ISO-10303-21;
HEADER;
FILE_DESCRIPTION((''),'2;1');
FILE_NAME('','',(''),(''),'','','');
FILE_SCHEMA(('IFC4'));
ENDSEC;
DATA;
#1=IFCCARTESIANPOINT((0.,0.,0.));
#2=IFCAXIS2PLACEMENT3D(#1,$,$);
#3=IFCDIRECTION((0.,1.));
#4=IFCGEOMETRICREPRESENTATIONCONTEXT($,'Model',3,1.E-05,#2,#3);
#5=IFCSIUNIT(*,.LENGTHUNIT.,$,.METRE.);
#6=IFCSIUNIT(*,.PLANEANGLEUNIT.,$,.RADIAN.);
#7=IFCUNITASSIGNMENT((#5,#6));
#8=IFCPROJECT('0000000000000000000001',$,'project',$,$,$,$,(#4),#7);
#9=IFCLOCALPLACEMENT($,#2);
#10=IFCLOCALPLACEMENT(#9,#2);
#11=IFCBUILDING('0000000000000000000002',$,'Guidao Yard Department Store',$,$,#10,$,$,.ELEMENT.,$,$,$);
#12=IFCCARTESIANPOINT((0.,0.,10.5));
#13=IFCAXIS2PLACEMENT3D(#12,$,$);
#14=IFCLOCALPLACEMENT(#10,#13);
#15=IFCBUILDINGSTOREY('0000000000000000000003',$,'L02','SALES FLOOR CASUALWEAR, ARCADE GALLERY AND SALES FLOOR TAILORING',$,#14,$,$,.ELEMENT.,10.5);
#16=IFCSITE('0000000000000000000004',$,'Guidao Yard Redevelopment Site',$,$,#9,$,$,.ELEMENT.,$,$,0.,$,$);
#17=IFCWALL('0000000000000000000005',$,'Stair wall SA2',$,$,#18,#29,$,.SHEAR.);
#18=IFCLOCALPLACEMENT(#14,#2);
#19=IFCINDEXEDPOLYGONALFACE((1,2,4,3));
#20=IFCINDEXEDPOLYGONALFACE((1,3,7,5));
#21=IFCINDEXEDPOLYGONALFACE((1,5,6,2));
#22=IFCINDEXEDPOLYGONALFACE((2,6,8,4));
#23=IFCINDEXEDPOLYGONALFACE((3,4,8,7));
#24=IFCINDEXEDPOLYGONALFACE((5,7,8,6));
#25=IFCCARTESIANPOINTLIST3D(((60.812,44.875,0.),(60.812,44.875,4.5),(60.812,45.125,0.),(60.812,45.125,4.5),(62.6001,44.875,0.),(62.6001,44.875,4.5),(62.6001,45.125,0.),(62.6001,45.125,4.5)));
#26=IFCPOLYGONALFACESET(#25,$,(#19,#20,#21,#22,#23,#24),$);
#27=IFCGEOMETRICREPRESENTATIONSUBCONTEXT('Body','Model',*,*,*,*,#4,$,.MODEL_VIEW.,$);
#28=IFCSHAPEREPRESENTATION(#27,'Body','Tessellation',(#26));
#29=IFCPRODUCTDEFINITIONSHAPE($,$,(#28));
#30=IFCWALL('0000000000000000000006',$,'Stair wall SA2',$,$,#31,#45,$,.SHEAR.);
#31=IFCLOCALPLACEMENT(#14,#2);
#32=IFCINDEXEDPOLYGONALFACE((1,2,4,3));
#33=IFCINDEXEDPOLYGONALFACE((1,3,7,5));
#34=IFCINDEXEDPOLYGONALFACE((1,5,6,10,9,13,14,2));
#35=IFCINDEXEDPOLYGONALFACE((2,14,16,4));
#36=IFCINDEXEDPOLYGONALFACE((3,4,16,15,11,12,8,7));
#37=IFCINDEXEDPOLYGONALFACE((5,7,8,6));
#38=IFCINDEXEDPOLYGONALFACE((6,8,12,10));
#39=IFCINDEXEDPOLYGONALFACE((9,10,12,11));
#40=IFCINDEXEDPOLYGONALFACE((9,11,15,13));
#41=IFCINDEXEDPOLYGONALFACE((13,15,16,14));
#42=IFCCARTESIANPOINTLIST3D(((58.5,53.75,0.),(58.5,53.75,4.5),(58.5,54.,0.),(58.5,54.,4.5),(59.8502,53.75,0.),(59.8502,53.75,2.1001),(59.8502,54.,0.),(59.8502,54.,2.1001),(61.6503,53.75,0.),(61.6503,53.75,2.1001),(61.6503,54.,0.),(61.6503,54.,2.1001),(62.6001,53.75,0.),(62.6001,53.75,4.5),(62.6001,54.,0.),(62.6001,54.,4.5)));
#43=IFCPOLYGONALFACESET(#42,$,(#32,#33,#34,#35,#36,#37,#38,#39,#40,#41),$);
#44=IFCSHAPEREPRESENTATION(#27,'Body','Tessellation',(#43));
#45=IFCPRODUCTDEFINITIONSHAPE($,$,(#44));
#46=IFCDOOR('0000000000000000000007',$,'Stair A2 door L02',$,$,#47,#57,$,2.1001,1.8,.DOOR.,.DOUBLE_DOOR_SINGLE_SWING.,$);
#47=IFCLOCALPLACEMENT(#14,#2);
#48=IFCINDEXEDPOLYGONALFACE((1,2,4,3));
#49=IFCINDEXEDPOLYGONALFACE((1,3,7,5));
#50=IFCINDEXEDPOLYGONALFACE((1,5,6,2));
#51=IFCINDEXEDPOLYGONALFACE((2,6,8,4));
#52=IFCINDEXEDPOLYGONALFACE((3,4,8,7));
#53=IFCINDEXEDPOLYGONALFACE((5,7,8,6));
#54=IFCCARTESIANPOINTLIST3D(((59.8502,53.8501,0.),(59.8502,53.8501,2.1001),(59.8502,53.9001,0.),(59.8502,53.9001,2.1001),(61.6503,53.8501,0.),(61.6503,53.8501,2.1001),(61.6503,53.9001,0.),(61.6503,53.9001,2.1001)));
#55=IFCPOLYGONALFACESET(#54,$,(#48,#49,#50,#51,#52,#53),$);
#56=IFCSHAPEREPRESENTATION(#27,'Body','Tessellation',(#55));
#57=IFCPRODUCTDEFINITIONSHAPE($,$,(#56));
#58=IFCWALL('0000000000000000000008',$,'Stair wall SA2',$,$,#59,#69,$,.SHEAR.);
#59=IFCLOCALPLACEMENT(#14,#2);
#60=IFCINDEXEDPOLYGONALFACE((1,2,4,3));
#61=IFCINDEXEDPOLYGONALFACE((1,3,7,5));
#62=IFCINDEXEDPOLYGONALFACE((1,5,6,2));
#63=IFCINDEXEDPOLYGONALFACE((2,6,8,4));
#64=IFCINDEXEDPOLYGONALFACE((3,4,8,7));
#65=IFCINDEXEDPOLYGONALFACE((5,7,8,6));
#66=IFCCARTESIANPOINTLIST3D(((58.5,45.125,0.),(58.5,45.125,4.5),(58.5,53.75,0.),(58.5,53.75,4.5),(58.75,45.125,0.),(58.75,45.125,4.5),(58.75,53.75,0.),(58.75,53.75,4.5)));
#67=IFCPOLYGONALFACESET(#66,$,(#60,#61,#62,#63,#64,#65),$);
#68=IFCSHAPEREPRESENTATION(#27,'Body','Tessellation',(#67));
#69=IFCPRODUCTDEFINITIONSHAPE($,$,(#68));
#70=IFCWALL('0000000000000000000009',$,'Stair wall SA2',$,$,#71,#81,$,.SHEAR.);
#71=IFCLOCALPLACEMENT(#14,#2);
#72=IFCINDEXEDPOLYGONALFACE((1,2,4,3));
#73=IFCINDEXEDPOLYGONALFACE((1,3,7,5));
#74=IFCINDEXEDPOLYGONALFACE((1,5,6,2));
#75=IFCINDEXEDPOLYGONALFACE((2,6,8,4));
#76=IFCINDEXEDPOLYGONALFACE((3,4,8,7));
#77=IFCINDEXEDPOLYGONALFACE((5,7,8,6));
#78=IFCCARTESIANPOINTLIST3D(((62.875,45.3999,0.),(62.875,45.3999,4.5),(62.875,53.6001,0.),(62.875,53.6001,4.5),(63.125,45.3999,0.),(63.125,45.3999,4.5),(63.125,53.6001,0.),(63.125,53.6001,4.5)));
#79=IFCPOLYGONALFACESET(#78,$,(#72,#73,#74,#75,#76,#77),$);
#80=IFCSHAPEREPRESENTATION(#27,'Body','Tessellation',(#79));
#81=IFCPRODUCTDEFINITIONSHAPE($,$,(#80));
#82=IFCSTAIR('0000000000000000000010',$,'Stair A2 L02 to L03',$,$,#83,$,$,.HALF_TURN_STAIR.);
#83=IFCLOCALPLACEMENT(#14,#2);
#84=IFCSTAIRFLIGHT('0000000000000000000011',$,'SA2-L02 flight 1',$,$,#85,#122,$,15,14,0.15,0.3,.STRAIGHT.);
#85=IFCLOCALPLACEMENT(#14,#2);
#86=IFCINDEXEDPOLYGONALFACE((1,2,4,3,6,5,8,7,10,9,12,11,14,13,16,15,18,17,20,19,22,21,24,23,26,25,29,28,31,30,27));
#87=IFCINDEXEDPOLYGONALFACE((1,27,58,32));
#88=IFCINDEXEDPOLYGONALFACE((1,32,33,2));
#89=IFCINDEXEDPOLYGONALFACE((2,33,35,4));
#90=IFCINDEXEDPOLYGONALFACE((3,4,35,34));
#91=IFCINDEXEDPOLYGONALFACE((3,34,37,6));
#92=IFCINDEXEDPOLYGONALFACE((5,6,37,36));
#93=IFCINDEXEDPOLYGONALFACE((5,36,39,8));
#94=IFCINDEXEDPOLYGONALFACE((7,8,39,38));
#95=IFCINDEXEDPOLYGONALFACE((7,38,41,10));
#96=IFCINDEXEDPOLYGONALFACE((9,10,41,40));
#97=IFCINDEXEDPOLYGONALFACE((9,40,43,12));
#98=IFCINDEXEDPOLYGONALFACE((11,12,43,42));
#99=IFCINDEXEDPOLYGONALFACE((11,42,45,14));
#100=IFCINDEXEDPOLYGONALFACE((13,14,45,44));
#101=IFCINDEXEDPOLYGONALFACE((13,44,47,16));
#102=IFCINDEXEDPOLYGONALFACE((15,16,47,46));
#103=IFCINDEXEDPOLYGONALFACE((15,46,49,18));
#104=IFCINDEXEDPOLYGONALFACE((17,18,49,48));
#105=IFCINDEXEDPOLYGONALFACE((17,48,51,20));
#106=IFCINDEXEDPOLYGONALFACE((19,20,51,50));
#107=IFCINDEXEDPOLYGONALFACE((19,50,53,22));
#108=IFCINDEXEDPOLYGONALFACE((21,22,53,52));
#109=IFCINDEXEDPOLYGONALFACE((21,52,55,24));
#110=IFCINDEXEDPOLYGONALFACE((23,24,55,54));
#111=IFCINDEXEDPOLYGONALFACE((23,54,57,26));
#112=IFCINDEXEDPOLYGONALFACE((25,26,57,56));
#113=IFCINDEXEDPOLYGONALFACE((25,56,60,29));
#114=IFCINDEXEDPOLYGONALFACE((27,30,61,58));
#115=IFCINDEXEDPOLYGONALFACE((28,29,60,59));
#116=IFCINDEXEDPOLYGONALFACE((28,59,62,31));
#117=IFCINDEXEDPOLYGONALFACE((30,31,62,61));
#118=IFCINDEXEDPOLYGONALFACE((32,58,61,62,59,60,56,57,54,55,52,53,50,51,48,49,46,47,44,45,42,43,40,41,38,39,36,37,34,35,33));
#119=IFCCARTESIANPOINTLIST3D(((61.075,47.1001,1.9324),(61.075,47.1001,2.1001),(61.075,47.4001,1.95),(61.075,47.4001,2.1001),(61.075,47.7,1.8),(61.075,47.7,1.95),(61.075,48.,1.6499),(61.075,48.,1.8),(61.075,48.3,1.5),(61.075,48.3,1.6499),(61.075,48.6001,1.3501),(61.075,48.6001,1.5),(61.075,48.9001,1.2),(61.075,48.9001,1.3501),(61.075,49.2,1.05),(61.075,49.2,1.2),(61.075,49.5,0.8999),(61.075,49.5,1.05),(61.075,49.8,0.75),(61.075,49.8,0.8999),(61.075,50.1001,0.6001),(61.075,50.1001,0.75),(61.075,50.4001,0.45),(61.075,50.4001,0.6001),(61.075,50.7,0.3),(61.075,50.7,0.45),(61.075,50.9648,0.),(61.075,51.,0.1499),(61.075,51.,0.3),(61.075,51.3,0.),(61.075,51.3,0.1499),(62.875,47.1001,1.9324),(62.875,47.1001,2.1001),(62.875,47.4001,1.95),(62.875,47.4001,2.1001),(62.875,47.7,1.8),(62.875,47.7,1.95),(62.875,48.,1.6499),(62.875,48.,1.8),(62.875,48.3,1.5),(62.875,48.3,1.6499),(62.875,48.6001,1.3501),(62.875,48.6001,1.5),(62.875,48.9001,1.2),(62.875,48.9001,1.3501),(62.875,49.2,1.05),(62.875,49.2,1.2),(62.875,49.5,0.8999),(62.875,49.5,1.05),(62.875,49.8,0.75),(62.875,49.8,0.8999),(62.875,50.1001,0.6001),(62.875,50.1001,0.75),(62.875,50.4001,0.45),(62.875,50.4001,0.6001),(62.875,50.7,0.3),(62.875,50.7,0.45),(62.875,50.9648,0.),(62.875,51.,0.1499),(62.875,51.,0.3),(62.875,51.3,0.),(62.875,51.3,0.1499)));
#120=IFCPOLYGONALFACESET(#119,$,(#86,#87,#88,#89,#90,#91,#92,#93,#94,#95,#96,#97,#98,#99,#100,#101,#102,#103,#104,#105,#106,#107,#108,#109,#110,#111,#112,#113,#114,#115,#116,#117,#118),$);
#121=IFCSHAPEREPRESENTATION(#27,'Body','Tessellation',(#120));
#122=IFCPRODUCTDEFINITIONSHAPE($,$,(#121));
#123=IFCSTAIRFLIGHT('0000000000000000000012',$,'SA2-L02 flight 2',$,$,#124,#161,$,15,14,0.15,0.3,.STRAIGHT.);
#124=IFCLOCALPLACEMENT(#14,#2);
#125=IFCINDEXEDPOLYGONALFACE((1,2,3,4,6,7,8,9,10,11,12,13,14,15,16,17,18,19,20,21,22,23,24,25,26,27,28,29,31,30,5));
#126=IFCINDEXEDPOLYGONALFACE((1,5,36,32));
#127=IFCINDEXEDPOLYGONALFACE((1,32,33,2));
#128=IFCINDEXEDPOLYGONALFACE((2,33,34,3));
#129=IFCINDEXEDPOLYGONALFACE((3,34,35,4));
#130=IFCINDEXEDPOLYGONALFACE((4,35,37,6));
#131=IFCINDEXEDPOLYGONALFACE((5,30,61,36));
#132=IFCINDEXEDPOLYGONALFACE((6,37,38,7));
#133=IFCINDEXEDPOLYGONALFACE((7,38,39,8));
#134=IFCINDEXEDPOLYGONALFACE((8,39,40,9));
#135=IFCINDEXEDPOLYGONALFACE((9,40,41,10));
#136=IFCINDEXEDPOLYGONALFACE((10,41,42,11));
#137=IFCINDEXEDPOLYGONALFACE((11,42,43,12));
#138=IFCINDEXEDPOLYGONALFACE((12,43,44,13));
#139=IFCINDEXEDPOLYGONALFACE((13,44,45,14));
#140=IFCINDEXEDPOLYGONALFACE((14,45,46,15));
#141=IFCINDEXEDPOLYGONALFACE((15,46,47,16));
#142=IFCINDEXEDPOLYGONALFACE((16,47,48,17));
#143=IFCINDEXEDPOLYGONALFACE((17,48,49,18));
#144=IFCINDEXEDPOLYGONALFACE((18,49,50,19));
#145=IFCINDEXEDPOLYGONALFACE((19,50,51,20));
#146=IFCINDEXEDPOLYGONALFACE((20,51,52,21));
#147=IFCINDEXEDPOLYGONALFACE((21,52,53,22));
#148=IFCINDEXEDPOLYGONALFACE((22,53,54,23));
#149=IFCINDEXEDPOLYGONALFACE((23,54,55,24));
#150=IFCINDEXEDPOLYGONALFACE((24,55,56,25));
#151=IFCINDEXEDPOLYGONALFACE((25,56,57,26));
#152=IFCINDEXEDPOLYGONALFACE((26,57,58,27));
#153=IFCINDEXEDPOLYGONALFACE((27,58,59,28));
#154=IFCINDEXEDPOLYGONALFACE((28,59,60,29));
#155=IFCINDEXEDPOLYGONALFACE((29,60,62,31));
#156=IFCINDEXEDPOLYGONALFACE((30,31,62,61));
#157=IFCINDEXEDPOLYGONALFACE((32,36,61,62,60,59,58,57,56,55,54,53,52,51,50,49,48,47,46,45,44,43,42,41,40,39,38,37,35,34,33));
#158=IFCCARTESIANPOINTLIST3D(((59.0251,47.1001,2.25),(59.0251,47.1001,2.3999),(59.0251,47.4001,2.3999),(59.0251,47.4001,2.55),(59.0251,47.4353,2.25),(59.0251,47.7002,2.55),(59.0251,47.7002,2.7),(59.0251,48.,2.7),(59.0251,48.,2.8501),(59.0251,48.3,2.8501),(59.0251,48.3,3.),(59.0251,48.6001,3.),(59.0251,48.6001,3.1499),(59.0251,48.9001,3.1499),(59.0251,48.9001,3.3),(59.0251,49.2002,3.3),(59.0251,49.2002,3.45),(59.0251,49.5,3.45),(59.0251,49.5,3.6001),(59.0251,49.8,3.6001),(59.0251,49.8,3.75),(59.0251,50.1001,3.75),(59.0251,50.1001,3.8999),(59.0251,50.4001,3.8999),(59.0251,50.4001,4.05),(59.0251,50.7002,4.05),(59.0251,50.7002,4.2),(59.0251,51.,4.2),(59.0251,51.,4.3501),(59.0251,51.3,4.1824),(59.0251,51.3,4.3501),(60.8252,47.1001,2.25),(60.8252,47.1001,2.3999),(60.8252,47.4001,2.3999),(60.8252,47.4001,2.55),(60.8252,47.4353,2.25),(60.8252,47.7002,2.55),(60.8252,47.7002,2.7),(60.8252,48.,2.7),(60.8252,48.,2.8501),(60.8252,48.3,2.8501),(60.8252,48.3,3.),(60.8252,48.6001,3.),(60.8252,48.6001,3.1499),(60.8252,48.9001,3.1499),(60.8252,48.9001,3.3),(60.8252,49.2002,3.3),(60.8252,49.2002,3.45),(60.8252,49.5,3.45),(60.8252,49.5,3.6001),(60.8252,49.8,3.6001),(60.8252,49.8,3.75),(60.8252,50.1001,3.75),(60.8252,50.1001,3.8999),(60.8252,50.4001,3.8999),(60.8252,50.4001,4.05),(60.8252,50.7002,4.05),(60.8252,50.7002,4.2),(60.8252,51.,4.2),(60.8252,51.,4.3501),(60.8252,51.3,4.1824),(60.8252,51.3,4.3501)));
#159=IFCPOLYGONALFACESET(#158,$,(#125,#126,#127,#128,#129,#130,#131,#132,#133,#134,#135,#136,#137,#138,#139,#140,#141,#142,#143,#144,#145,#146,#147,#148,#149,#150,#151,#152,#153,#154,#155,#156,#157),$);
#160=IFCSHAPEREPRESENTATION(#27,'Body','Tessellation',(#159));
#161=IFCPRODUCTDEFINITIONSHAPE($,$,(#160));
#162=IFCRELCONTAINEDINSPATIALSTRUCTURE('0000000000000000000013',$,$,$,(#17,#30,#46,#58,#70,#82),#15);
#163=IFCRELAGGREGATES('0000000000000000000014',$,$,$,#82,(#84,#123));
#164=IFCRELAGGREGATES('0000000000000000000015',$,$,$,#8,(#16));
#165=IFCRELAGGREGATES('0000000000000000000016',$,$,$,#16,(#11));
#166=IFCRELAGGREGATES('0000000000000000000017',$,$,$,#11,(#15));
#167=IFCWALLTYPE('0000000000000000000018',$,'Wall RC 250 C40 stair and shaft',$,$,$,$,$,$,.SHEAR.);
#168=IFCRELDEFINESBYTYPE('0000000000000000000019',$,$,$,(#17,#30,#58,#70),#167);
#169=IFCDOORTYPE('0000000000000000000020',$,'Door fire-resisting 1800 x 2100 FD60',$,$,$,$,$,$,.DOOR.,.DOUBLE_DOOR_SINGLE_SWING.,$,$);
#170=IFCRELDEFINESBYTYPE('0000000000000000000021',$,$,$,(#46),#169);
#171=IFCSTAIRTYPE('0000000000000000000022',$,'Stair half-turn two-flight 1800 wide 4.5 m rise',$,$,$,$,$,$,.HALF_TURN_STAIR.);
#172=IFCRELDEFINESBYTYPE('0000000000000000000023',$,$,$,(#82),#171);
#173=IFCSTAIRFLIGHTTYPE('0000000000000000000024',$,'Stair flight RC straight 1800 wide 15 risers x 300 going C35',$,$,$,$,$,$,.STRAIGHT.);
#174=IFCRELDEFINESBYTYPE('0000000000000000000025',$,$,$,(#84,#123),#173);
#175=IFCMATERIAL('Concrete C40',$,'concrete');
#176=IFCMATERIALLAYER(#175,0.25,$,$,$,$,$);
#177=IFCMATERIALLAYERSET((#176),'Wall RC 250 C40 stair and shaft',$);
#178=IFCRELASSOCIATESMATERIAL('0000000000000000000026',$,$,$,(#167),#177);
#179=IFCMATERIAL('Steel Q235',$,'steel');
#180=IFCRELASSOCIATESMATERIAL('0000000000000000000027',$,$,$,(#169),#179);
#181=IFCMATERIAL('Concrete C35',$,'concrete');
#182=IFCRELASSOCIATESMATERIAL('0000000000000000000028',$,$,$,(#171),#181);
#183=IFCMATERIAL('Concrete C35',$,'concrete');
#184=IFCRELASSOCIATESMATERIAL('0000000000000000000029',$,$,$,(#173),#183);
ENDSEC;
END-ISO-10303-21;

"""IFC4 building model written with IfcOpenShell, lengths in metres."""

from ifc_helpers import new_model, si_unit, direction, frame, frame_2d, origin, place, context, subcontext, project, spatial, polyline, rectangle, outline, extrude, material, layer, layer_set, type_object, element, fill, aggregate, save


model = new_model("IFC4")

# Units and contexts
model_context = context("Model", 3, precision=1e-05, world=origin(), true_north=direction((0.0, 1.0)))
body_context = subcontext(model_context, "Body", "Model", "MODEL_VIEW")
ifc_project = project(units=[si_unit("LENGTHUNIT", "METRE"), si_unit("PLANEANGLEUNIT", "RADIAN")], contexts=[model_context])

# Site, building, storey
site_placement = place(None, origin())
site = spatial("IfcSite", under=ifc_project, at=site_placement, Name="Guidao Yard Redevelopment Site", CompositionType="ELEMENT", RefElevation=0.0)
building_placement = place(site_placement, origin())
building = spatial("IfcBuilding", under=site, at=building_placement, Name="Guidao Yard Department Store", CompositionType="ELEMENT")
storey_placement = place(building_placement, frame((0.0, 0.0, 10.5)))
storey = spatial("IfcBuildingStorey", under=building, at=storey_placement, Name="L02", Description="SALES FLOOR CASUALWEAR, ARCADE GALLERY AND SALES FLOOR TAILORING", CompositionType="ELEMENT", Elevation=10.5)

# Wall
ifc_material_1 = material(Name="Concrete C40", Category="concrete")
ifc_layer_1 = layer(ifc_material_1, 0.25)
ifc_layer_set_1 = layer_set([ifc_layer_1], Name="Wall RC 250 C40 stair and shaft")
wall_type_1 = type_object("IfcWallType", Name="Wall RC 250 C40 stair and shaft", PredefinedType="SHEAR", material=ifc_layer_set_1)
wall_1_placement = place(storey_placement, frame((60.812, 45.0, 0.0), z_axis=(0.0, 0.0, 1.0), x_axis=(1.0, 0.0, 0.0)))
element("IfcWall", 1, at=wall_1_placement, inside=storey, type_object=wall_type_1, Name="Stair wall SA2", PredefinedType="SHEAR", context=body_context, shape_type="SweptSolid", body=[
    extrude(rectangle(XDim=1.7881, YDim=0.25, at=frame_2d((0.894, 0.0))), origin(), (0.0, 0.0, 1.0), 4.5),
])

# Wall, opening, door
wall_2_placement = place(storey_placement, frame((58.5, 53.875, 0.0), z_axis=(0.0, 0.0, 1.0), x_axis=(1.0, 0.0, 0.0)))
wall_2 = element("IfcWall", 2, at=wall_2_placement, inside=storey, type_object=wall_type_1, Name="Stair wall SA2", PredefinedType="SHEAR", context=body_context, shape_type="SweptSolid", body=[
    extrude(rectangle(XDim=4.1001, YDim=0.25, at=frame_2d((2.05, 0.0))), origin(), (0.0, 0.0, 1.0), 4.5),
])
opening_1_placement = place(wall_2_placement, frame((3.1501, 0.0, 0.0), z_axis=(0.0, 0.0, 1.0), x_axis=(-1.0, 0.0, 0.0)))
opening_1 = element("IfcOpeningElement", 3, at=opening_1_placement, cuts=wall_2, PredefinedType="OPENING", context=body_context, shape_type="SweptSolid", body=[
    extrude(rectangle(XDim=1.8, YDim=2.1001, at=frame_2d((0.8999, 1.05))), frame((0.0, 0.135, 0.0), z_axis=(0.0, -1.0, 0.0), x_axis=(1.0, 0.0, 0.0)), (0.0, 0.0, 1.0), 0.27),
])
ifc_material_2 = material(Name="Steel Q235", Category="steel")
door_type = type_object("IfcDoorType", Name="Door fire-resisting 1800 x 2100 FD60", OperationType="DOUBLE_DOOR_SINGLE_SWING", PredefinedType="DOOR", material=ifc_material_2)
door_placement = place(opening_1_placement, origin())
door = element("IfcDoor", 4, at=door_placement, inside=storey, type_object=door_type, Name="Stair A2 door L02", OperationType="DOUBLE_DOOR_SINGLE_SWING", OverallHeight=2.1001, OverallWidth=1.8, PredefinedType="DOOR", context=body_context, shape_type="SweptSolid", body=[
    extrude(rectangle(XDim=1.8, YDim=2.1001, at=frame_2d((0.8999, 1.05))), frame((0.0, 0.0249, 0.0), z_axis=(0.0, -1.0, 0.0), x_axis=(1.0, 0.0, 0.0)), (0.0, 0.0, 1.0), 0.05),
])
fill(opening_1, door)

# Walls
wall_3_placement = place(storey_placement, frame((58.625, 45.125, 0.0), z_axis=(0.0, 0.0, 1.0), x_axis=(0.0, 1.0, 0.0)))
element("IfcWall", 5, at=wall_3_placement, inside=storey, type_object=wall_type_1, Name="Stair wall SA2", PredefinedType="SHEAR", context=body_context, shape_type="SweptSolid", body=[
    extrude(rectangle(XDim=8.625, YDim=0.25, at=frame_2d((4.3125, 0.0))), origin(), (0.0, 0.0, 1.0), 4.5),
])
wall_4_placement = place(storey_placement, frame((63.0, 45.3999, 0.0), z_axis=(0.0, 0.0, 1.0), x_axis=(0.0, 1.0, 0.0)))
element("IfcWall", 6, at=wall_4_placement, inside=storey, type_object=wall_type_1, Name="Stair wall SA2", PredefinedType="SHEAR", context=body_context, shape_type="SweptSolid", body=[
    extrude(rectangle(XDim=8.2002, YDim=0.25, at=frame_2d((4.1001, 0.0))), origin(), (0.0, 0.0, 1.0), 4.5),
])

# Stair, stair flights
ifc_material_3 = material(Name="Concrete C35", Category="concrete")
stair_type = type_object("IfcStairType", Name="Stair half-turn two-flight 1800 wide 4.5 m rise", PredefinedType="HALF_TURN_STAIR", material=ifc_material_3)
stair_placement = place(storey_placement, origin())
stair = element("IfcStair", 7, at=stair_placement, inside=storey, type_object=stair_type, Name="Stair A2 L02 to L03", PredefinedType="HALF_TURN_STAIR")
ifc_material_4 = material(Name="Concrete C35", Category="concrete")
stair_flight_type = type_object("IfcStairFlightType", Name="Stair flight RC straight 1800 wide 15 risers x 300 going C35", PredefinedType="STRAIGHT", material=ifc_material_4)
stair_flight_1_placement = place(storey_placement, frame((61.9751, 51.3, 0.0), z_axis=(0.0, 0.0, 1.0), x_axis=(0.0, -1.0, 0.0)))
stair_flight_1 = element("IfcStairFlight", 8, at=stair_flight_1_placement, type_object=stair_flight_type, Name="SA2-L02 flight 1", NumberOfRisers=15, NumberOfTreads=14, PredefinedType="STRAIGHT", RiserHeight=0.15, TreadLength=0.3, context=body_context, shape_type="SweptSolid", body=[
    extrude(outline(polyline([(0.0, 0.0), (0.0, 0.1499), (0.3, 0.1499), (0.3, 0.3), (0.6001, 0.3), (0.6001, 0.45), (0.8999, 0.45), (0.8999, 0.6001), (1.2, 0.6001), (1.2, 0.75), (1.5, 0.75), (1.5, 0.8999), (1.8, 0.8999), (1.8, 1.05), (2.1001, 1.05), (2.1001, 1.2), (2.3999, 1.2), (2.3999, 1.3501), (2.7, 1.3501), (2.7, 1.5), (3.0, 1.5), (3.0, 1.6499), (3.3, 1.6499), (3.3, 1.8), (3.6001, 1.8), (3.6001, 1.95), (3.8999, 1.95), (3.8999, 2.1001), (4.2, 2.1001), (4.2, 2.25), (4.2, 1.9324), (0.3352, 0.0), (0.0, 0.0)])), frame((0.0, 0.8999, 0.0), z_axis=(0.0, -1.0, 0.0), x_axis=(1.0, 0.0, 0.0)), (0.0, 0.0, 1.0), 1.8),
])
stair_flight_2_placement = place(storey_placement, frame((59.925, 47.1001, 2.25), z_axis=(0.0, 0.0, 1.0), x_axis=(0.0, 1.0, 0.0)))
stair_flight_2 = element("IfcStairFlight", 9, at=stair_flight_2_placement, type_object=stair_flight_type, Name="SA2-L02 flight 2", NumberOfRisers=15, NumberOfTreads=14, PredefinedType="STRAIGHT", RiserHeight=0.15, TreadLength=0.3, context=body_context, shape_type="SweptSolid", body=[
    extrude(outline(polyline([(0.0, 0.0), (0.0, 0.1499), (0.3, 0.1499), (0.3, 0.3), (0.6001, 0.3), (0.6001, 0.45), (0.8999, 0.45), (0.8999, 0.6001), (1.2, 0.6001), (1.2, 0.75), (1.5, 0.75), (1.5, 0.8999), (1.8, 0.8999), (1.8, 1.05), (2.1001, 1.05), (2.1001, 1.2), (2.3999, 1.2), (2.3999, 1.3501), (2.7, 1.3501), (2.7, 1.5), (3.0, 1.5), (3.0, 1.6499), (3.3, 1.6499), (3.3, 1.8), (3.6001, 1.8), (3.6001, 1.95), (3.8999, 1.95), (3.8999, 2.1001), (4.2, 2.1001), (4.2, 2.25), (4.2, 1.9324), (0.3352, 0.0), (0.0, 0.0)])), frame((0.0, 0.8999, 0.0), z_axis=(0.0, -1.0, 0.0), x_axis=(1.0, 0.0, 0.0)), (0.0, 0.0, 1.0), 1.8),
])
aggregate(stair, [stair_flight_1, stair_flight_2])

save(model, "model.ifc")
